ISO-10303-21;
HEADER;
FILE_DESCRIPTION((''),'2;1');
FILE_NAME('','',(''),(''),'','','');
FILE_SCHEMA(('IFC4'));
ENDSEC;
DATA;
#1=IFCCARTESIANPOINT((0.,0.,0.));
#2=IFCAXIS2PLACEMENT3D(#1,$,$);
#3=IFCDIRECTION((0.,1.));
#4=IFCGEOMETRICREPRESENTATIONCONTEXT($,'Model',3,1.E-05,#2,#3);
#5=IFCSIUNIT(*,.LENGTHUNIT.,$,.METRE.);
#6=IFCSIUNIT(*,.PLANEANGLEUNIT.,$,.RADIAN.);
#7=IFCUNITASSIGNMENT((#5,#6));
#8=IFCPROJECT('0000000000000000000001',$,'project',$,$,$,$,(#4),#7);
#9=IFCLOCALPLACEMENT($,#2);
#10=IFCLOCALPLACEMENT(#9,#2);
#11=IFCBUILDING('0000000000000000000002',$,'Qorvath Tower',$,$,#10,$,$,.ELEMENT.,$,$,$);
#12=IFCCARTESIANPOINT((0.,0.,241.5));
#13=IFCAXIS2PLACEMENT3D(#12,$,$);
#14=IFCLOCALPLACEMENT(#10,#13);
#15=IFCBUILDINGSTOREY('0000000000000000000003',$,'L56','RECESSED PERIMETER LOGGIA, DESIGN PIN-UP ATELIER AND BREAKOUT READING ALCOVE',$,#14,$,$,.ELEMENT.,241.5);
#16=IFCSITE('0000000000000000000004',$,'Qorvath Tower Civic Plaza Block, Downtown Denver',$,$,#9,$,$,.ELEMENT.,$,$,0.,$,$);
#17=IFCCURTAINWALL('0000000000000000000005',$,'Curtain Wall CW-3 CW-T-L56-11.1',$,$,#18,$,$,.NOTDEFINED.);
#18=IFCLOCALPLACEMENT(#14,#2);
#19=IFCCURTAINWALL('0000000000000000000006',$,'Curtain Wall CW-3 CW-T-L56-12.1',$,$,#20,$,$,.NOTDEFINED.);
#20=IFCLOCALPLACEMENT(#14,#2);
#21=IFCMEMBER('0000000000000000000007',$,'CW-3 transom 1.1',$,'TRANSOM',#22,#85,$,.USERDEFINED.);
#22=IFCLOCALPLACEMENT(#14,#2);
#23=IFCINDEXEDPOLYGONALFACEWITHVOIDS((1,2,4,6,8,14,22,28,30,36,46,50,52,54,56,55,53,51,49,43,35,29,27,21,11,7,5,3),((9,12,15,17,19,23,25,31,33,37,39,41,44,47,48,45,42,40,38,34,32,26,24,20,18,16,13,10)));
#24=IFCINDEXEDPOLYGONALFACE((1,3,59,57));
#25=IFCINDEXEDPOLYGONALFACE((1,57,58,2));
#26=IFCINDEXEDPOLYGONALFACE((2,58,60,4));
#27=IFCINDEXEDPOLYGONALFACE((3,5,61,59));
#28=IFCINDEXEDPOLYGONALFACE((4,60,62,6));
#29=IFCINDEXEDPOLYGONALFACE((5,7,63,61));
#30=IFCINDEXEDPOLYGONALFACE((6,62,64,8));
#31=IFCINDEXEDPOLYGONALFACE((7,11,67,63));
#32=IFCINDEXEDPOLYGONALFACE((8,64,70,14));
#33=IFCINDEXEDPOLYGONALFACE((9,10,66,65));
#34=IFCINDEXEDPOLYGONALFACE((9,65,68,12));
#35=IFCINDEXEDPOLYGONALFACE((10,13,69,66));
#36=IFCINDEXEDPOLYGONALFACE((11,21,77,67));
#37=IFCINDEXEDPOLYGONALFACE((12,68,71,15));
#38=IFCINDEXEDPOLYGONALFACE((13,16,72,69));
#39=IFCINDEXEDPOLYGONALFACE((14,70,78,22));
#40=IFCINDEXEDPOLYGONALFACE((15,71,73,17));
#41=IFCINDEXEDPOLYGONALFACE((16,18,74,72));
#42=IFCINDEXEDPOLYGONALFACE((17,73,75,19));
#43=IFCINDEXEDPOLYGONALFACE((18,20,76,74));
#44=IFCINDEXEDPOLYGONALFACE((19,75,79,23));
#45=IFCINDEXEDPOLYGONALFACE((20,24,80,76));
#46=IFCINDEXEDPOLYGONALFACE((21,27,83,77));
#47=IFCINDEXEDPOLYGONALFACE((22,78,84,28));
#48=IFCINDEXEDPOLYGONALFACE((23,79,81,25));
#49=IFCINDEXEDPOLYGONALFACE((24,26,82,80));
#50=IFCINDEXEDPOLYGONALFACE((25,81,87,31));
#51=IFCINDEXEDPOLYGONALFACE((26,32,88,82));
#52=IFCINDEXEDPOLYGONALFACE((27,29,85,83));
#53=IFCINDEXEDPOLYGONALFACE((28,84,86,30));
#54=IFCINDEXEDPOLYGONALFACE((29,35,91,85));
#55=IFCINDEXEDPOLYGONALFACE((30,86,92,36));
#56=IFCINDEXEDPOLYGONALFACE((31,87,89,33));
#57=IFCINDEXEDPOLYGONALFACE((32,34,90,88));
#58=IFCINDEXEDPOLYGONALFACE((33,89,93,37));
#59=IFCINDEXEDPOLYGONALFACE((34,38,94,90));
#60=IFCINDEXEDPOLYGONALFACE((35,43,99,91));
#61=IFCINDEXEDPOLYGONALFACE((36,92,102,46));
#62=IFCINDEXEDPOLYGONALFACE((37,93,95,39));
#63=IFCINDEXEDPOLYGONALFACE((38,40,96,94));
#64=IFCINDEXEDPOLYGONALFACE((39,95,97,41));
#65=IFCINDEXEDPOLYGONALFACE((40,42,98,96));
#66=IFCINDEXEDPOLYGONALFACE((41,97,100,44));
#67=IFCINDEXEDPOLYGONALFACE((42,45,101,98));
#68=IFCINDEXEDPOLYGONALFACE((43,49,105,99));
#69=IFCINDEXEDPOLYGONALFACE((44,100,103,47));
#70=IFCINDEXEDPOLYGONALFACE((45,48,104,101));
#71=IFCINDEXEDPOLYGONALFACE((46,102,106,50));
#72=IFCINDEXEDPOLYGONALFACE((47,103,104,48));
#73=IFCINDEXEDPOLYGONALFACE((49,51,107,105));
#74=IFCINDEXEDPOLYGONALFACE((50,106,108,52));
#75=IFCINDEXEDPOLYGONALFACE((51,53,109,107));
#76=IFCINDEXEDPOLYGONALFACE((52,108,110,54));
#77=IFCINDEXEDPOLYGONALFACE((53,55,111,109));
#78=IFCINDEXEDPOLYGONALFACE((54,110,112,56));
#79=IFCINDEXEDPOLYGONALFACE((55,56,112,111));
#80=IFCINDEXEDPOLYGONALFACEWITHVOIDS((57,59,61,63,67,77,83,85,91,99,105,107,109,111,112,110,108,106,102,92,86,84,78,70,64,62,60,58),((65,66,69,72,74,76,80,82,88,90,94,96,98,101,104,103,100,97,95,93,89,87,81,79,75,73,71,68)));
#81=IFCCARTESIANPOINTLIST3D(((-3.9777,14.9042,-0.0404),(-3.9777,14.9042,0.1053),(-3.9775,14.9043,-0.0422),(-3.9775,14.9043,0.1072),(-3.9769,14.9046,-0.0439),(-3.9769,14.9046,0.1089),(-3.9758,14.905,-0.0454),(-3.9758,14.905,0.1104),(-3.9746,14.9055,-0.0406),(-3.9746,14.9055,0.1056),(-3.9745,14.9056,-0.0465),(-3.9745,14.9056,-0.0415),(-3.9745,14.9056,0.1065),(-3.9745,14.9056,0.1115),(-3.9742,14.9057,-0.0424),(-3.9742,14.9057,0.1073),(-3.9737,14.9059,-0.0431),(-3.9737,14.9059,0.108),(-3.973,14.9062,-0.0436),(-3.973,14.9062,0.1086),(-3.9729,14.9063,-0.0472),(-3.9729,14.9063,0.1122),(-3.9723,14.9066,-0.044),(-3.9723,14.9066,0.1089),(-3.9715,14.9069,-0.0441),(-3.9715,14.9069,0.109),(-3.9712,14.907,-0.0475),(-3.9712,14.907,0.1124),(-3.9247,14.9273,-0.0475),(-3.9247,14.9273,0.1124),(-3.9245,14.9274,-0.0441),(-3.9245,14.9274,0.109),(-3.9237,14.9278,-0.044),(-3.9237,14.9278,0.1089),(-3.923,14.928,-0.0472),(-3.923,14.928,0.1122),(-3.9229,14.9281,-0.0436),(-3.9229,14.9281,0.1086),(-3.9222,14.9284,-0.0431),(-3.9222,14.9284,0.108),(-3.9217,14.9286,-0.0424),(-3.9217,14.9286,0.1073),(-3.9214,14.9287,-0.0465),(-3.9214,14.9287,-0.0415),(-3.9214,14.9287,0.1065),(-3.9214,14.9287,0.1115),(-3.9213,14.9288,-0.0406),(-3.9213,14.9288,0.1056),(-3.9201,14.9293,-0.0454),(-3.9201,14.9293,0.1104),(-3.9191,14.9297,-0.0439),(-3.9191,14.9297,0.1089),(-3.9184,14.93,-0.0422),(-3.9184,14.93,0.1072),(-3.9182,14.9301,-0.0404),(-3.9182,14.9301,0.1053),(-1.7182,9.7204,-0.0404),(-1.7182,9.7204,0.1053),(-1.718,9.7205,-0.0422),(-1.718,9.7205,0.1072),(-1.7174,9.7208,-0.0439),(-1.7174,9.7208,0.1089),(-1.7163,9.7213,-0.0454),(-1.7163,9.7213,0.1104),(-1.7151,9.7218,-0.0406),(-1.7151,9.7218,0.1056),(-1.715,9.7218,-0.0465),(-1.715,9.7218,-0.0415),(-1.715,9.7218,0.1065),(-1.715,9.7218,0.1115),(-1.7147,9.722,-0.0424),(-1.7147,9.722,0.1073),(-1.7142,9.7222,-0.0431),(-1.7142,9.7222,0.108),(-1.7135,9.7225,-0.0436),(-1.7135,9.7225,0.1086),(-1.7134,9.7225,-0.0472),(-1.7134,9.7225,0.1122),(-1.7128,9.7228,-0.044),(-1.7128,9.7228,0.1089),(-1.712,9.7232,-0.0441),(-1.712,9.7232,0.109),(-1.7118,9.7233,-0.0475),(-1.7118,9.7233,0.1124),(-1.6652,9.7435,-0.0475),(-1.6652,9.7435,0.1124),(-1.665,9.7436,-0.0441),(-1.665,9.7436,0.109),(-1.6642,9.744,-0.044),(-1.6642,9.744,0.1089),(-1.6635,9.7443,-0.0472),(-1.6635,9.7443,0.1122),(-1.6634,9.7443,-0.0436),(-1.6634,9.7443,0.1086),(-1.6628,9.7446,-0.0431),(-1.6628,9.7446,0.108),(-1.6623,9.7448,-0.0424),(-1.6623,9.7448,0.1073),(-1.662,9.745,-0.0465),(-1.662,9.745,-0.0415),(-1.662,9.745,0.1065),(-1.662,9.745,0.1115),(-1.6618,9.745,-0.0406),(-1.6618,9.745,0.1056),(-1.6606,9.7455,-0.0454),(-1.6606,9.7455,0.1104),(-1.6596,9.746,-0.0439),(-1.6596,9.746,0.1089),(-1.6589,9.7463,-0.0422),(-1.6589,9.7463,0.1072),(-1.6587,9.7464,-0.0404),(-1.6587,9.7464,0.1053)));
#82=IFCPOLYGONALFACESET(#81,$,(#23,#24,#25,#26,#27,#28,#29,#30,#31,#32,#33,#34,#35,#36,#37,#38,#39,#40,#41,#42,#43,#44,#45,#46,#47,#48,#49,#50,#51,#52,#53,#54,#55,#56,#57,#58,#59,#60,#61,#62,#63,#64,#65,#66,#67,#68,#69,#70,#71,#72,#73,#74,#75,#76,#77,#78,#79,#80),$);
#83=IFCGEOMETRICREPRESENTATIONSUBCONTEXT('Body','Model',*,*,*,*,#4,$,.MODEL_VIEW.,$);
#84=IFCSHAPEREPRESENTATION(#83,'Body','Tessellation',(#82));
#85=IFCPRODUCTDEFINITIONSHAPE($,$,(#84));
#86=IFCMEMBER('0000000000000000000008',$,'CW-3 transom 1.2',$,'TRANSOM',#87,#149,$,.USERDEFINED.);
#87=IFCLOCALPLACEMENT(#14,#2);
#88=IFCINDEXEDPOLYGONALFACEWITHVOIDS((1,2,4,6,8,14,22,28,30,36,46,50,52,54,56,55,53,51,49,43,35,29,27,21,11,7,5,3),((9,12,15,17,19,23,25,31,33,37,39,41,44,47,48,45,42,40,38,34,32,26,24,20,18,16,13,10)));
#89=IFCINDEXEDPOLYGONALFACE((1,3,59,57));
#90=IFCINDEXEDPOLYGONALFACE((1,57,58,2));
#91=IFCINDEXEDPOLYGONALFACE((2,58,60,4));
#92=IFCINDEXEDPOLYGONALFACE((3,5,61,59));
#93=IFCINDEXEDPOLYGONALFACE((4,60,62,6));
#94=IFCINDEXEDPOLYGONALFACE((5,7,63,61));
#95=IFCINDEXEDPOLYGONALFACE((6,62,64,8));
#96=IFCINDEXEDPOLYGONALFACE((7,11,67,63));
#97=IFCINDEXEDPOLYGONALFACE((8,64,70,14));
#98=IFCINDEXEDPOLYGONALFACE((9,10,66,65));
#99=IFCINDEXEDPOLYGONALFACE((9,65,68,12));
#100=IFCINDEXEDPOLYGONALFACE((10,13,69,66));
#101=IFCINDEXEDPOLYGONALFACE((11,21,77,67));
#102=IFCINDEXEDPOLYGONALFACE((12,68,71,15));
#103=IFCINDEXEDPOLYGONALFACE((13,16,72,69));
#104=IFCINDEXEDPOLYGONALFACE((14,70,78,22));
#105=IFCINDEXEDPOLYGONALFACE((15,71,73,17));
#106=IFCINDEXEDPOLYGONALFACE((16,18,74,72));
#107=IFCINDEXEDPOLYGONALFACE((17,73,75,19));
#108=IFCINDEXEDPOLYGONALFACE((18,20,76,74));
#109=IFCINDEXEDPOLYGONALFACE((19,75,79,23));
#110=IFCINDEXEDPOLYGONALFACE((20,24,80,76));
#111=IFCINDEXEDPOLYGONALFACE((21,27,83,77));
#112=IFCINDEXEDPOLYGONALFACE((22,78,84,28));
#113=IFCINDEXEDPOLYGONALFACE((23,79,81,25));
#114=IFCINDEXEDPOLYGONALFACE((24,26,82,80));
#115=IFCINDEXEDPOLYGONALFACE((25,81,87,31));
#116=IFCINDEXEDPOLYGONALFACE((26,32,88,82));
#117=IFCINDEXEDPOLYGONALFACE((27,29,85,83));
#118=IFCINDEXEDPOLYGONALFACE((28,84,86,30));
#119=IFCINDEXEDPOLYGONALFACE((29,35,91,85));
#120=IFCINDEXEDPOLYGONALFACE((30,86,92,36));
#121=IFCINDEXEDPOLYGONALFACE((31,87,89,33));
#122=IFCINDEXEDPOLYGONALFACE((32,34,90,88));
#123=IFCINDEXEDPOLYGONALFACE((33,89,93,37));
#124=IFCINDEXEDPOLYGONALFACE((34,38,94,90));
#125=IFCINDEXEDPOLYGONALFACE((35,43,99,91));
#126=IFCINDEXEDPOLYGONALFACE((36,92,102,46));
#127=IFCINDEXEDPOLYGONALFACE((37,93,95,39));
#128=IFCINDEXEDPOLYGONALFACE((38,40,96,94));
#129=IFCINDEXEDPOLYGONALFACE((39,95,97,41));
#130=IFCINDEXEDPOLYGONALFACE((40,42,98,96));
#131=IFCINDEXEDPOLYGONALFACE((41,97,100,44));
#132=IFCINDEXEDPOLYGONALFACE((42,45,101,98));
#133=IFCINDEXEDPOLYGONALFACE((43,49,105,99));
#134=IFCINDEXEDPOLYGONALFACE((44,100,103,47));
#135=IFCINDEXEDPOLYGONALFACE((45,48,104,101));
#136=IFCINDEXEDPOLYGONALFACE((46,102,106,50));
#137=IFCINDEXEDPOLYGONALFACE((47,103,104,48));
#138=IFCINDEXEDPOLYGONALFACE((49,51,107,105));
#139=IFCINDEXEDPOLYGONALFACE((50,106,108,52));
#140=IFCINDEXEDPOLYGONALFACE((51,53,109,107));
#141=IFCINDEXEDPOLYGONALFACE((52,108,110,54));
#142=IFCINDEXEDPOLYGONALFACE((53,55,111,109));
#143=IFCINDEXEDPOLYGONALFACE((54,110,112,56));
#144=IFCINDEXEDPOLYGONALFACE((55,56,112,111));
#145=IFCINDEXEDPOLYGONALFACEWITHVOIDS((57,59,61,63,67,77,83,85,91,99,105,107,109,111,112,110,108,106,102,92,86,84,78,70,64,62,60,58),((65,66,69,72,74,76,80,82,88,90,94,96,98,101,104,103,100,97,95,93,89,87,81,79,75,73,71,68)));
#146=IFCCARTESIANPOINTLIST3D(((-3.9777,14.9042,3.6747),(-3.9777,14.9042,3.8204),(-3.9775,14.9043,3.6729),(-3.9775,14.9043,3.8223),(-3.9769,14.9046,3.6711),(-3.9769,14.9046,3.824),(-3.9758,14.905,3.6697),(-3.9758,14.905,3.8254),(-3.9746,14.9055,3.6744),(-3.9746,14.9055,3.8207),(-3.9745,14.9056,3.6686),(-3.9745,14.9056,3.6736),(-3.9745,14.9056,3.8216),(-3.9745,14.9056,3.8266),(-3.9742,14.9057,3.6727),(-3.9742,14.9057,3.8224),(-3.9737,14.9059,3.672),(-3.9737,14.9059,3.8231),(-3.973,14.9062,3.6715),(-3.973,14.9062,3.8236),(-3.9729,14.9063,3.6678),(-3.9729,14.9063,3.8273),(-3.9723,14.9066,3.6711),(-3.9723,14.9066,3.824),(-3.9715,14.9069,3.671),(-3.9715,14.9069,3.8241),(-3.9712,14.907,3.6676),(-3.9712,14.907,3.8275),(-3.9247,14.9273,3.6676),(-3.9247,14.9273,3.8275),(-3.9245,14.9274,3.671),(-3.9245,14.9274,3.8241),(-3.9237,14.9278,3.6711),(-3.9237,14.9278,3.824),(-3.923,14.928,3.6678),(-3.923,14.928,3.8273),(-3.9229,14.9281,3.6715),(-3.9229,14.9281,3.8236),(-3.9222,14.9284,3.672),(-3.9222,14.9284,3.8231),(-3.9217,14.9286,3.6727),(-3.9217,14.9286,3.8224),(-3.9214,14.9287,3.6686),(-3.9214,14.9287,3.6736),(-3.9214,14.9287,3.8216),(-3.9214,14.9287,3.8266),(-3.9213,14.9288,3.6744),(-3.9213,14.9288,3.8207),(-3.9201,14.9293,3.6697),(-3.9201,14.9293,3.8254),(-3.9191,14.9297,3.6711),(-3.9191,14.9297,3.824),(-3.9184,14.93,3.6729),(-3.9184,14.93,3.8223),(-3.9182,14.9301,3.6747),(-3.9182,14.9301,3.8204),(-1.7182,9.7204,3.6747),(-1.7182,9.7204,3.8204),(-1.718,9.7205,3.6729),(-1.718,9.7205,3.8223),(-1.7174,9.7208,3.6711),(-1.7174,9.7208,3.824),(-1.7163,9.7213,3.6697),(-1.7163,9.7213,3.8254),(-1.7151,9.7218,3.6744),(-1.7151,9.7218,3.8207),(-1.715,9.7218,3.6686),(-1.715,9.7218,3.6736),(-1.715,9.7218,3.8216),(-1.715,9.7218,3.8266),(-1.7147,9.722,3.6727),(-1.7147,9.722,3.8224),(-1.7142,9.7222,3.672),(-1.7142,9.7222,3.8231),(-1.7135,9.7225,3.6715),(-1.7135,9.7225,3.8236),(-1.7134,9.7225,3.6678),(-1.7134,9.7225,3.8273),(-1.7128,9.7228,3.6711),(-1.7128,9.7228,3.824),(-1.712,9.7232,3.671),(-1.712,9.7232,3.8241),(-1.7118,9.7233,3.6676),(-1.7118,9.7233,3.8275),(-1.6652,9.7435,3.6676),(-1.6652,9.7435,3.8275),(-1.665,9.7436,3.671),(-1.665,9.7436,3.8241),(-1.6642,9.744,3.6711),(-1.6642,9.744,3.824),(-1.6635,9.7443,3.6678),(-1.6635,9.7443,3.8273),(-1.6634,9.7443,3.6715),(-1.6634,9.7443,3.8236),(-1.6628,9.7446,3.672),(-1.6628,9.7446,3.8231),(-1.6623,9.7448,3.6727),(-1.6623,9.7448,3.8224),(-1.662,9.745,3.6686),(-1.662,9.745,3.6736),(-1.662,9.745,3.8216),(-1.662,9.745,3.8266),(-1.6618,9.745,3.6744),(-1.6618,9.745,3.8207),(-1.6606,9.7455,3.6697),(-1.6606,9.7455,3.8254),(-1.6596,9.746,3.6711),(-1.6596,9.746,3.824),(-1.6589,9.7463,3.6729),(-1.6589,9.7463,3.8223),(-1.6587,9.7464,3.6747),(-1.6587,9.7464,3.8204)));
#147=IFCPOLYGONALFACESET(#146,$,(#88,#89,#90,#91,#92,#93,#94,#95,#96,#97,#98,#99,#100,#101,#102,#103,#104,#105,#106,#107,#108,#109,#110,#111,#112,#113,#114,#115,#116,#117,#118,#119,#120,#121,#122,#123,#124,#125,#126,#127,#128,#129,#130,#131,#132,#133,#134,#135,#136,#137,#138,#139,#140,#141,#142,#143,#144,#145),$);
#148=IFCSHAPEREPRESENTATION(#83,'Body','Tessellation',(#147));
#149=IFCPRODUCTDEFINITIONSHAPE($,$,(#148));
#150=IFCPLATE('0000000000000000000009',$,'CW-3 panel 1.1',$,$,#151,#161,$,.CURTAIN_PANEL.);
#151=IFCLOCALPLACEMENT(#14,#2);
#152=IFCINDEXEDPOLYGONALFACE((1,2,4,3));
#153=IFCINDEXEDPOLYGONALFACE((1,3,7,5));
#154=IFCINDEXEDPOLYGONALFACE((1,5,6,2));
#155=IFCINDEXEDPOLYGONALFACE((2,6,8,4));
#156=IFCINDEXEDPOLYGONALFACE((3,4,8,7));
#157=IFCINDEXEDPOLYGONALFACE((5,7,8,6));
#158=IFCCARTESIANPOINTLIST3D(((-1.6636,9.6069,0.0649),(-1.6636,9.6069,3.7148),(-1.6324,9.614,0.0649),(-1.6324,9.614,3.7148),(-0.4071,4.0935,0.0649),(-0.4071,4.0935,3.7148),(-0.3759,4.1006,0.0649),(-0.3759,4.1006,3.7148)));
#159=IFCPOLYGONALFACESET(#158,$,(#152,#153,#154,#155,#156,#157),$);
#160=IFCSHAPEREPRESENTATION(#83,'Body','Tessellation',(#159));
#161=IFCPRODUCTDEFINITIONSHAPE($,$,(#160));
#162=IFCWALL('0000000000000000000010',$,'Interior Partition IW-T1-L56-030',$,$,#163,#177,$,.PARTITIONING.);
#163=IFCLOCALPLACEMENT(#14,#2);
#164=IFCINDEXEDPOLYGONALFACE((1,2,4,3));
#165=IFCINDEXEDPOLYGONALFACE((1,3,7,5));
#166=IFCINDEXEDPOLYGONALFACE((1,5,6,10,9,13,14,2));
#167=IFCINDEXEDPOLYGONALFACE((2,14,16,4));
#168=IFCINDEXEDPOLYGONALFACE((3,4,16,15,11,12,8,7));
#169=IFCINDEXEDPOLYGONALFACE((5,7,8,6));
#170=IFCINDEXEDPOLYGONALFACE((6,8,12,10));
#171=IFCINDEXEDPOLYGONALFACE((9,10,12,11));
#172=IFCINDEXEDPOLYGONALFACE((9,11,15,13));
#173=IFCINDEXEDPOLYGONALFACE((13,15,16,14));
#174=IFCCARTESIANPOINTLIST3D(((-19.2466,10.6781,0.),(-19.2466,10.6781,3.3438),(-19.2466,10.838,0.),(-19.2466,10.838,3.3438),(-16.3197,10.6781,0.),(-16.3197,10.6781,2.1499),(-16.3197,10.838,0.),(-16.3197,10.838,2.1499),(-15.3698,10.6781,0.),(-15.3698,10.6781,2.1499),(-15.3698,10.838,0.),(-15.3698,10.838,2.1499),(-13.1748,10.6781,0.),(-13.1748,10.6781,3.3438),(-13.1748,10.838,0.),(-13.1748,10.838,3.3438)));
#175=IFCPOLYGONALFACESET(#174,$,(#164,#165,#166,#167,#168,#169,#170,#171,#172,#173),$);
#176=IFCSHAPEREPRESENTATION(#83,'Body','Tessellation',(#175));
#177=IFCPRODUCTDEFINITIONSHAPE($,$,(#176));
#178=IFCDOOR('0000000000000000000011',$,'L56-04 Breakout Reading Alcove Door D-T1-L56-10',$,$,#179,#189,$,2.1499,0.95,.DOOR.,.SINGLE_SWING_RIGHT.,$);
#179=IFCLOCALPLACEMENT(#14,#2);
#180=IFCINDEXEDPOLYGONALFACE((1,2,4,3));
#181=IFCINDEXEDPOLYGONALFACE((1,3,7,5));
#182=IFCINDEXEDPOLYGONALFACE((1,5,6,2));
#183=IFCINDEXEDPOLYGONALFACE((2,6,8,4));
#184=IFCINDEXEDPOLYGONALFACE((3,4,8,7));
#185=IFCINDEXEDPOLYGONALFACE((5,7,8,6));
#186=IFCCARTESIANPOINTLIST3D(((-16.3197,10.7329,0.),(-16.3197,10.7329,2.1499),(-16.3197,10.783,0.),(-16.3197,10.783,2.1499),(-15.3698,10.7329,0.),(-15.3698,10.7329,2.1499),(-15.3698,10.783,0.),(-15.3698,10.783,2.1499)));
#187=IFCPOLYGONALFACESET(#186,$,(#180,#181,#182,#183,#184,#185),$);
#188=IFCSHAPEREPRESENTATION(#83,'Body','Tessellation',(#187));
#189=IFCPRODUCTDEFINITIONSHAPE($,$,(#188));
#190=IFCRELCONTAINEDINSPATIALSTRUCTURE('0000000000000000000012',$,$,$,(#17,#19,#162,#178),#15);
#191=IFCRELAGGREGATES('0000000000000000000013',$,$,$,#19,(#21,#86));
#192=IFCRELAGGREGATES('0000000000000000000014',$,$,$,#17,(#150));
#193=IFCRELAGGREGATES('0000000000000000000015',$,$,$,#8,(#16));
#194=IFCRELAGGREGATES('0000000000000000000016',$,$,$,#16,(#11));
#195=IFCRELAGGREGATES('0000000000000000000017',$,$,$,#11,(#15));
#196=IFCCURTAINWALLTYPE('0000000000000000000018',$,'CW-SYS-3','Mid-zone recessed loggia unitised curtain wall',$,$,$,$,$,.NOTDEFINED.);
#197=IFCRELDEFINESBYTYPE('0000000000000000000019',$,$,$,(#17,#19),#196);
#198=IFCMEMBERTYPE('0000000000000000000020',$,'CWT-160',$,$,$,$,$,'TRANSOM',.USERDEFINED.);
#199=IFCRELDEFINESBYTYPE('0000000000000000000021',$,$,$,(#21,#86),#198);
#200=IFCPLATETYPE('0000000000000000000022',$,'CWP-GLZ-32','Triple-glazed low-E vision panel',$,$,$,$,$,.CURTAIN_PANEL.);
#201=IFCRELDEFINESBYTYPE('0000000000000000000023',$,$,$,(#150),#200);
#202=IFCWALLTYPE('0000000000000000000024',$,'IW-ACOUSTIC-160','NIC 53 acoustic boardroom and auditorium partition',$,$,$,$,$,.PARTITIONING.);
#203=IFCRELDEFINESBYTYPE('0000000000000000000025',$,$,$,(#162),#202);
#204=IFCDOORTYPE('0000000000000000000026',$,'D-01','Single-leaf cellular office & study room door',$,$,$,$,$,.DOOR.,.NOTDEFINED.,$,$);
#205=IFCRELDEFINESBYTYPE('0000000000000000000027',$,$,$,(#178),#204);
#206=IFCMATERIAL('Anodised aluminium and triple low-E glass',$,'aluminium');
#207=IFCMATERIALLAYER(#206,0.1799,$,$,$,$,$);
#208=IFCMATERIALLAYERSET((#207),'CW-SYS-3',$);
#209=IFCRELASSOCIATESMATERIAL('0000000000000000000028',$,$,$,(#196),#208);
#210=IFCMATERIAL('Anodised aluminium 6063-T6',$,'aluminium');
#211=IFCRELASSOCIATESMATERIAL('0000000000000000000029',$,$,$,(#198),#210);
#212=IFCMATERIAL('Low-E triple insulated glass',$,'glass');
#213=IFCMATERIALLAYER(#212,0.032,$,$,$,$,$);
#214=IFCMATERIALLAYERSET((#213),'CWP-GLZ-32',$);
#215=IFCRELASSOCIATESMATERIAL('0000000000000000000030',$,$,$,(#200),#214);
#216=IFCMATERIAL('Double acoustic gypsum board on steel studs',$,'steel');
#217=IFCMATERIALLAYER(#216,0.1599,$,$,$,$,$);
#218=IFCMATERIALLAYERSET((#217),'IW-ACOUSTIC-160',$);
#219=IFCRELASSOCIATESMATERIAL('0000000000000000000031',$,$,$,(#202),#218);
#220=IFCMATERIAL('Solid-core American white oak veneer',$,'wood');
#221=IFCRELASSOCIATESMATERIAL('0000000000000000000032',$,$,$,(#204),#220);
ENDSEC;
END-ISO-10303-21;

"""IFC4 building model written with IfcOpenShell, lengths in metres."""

from ifc_helpers import new_model, si_unit, direction, frame, frame_2d, origin, origin_2d, place, context, subcontext, project, spatial, rectangle, hollow_rectangle, extrude, material, layer, layer_set, material_profile, profile_set, type_object, element, fill, aggregate, save


model = new_model("IFC4")

# Units and contexts
model_context = context("Model", 3, precision=1e-05, world=origin(), true_north=direction((0.0, 1.0)))
body_context = subcontext(model_context, "Body", "Model", "MODEL_VIEW")
ifc_project = project(units=[si_unit("LENGTHUNIT", "METRE"), si_unit("PLANEANGLEUNIT", "RADIAN")], contexts=[model_context])

# Site, building, storey
site_placement = place(None, origin())
site = spatial("IfcSite", under=ifc_project, at=site_placement, Name="Qorvath Tower Civic Plaza Block, Downtown Denver", CompositionType="ELEMENT", RefElevation=0.0)
building_placement = place(site_placement, origin())
building = spatial("IfcBuilding", under=site, at=building_placement, Name="Qorvath Tower", CompositionType="ELEMENT")
storey_placement = place(building_placement, frame((0.0, 0.0, 241.5)))
storey = spatial("IfcBuildingStorey", under=building, at=storey_placement, Name="L56", Description="RECESSED PERIMETER LOGGIA, DESIGN PIN-UP ATELIER AND BREAKOUT READING ALCOVE", CompositionType="ELEMENT", Elevation=241.5)

# Curtain walls
ifc_material_1 = material(Name="Anodised aluminium and triple low-E glass", Category="aluminium")
ifc_layer_1 = layer(ifc_material_1, 0.1799)
ifc_layer_set_1 = layer_set([ifc_layer_1], Name="CW-SYS-3")
curtain_wall_type = type_object("IfcCurtainWallType", Name="CW-SYS-3", Description="Mid-zone recessed loggia unitised curtain wall", PredefinedType="NOTDEFINED", material=ifc_layer_set_1)
curtain_wall_1_placement = place(storey_placement, origin())
curtain_wall_1 = element("IfcCurtainWall", 1, at=curtain_wall_1_placement, inside=storey, type_object=curtain_wall_type, Name="Curtain Wall CW-3 CW-T-L56-11.1", PredefinedType="NOTDEFINED")
curtain_wall_2_placement = place(storey_placement, origin())
curtain_wall_2 = element("IfcCurtainWall", 2, at=curtain_wall_2_placement, inside=storey, type_object=curtain_wall_type, Name="Curtain Wall CW-3 CW-T-L56-12.1", PredefinedType="NOTDEFINED")

# Members
ifc_material_2 = material(Name="Anodised aluminium 6063-T6", Category="aluminium")
ifc_material_profile_1 = material_profile(ifc_material_2, hollow_rectangle(XDim=0.0649, YDim=0.1599, WallThickness=0.0034, InnerFilletRadius=0.0034, OuterFilletRadius=0.0071, at=origin_2d()), Name="CWT 160x65")
ifc_profile_set_1 = profile_set([ifc_material_profile_1], Name="Anodised aluminium 6063-T6")
member_type_1 = type_object("IfcMemberType", Name="CWT-160", ElementType="TRANSOM", PredefinedType="USERDEFINED", material=ifc_profile_set_1)
member_1_placement = place(storey_placement, frame((-1.6885, 9.7334, 0.0325), z_axis=(-0.399571, 0.916702, 0.0), x_axis=(-0.916702, -0.399571, 0.0)))
member_1 = element("IfcMember", 3, at=member_1_placement, type_object=member_type_1, Name="CW-3 transom 1.1", ObjectType="TRANSOM", PredefinedType="USERDEFINED", context=body_context, shape_type="SweptSolid", body=[
    extrude(hollow_rectangle(XDim=0.0649, YDim=0.1599, WallThickness=0.0034, InnerFilletRadius=0.0034, OuterFilletRadius=0.0071, at=origin_2d()), origin(), (0.0, 0.0, 1.0), 5.6548),
])
member_2_placement = place(storey_placement, frame((-1.6885, 9.7334, 3.7476), z_axis=(-0.399571, 0.916702, 0.0), x_axis=(-0.916702, -0.399571, 0.0)))
member_2 = element("IfcMember", 4, at=member_2_placement, type_object=member_type_1, Name="CW-3 transom 1.2", ObjectType="TRANSOM", PredefinedType="USERDEFINED", context=body_context, shape_type="SweptSolid", body=[
    extrude(hollow_rectangle(XDim=0.0649, YDim=0.1599, WallThickness=0.0034, InnerFilletRadius=0.0034, OuterFilletRadius=0.0071, at=origin_2d()), origin(), (0.0, 0.0, 1.0), 5.6548),
])
aggregate(curtain_wall_2, [member_1, member_2])

# Plate
ifc_material_3 = material(Name="Low-E triple insulated glass", Category="glass")
ifc_layer_2 = layer(ifc_material_3, 0.032)
ifc_layer_set_2 = layer_set([ifc_layer_2], Name="CWP-GLZ-32")
plate_type = type_object("IfcPlateType", Name="CWP-GLZ-32", Description="Triple-glazed low-E vision panel", PredefinedType="CURTAIN_PANEL", material=ifc_layer_set_2)
plate_placement = place(storey_placement, frame((-1.0198, 6.8538, 0.0649), z_axis=(0.0, 0.0, 1.0), x_axis=(-0.222206, 0.975, 0.0)))
plate = element("IfcPlate", 5, at=plate_placement, type_object=plate_type, Name="CW-3 panel 1.1", PredefinedType="CURTAIN_PANEL", context=body_context, shape_type="SweptSolid", body=[
    extrude(rectangle(XDim=5.6548, YDim=0.032, at=origin_2d()), origin(), (0.0, 0.0, 1.0), 3.6499),
])
aggregate(curtain_wall_1, [plate])

# Wall, opening, door
ifc_material_4 = material(Name="Double acoustic gypsum board on steel studs", Category="steel")
ifc_layer_3 = layer(ifc_material_4, 0.1599)
ifc_layer_set_3 = layer_set([ifc_layer_3], Name="IW-ACOUSTIC-160")
wall_type_1 = type_object("IfcWallType", Name="IW-ACOUSTIC-160", Description="NIC 53 acoustic boardroom and auditorium partition", PredefinedType="PARTITIONING", material=ifc_layer_set_3)
wall_1_placement = place(storey_placement, frame((-19.2466, 10.7581, 0.0), z_axis=(0.0, 0.0, 1.0), x_axis=(1.0, 0.0, 0.0)))
wall_1 = element("IfcWall", 6, at=wall_1_placement, inside=storey, type_object=wall_type_1, Name="Interior Partition IW-T1-L56-030", PredefinedType="PARTITIONING", context=body_context, shape_type="SweptSolid", body=[
    extrude(rectangle(XDim=6.0718, YDim=0.1599, at=frame_2d((3.0359, 0.0))), origin(), (0.0, 0.0, 1.0), 3.3438),
])
opening_1_placement = place(wall_1_placement, frame((2.9268, 0.0, 0.0)))
opening_1 = element("IfcOpeningElement", 7, at=opening_1_placement, cuts=wall_1, PredefinedType="OPENING", context=body_context, shape_type="SweptSolid", body=[
    extrude(rectangle(XDim=0.95, YDim=2.1499, at=frame_2d((0.4751, 1.075))), frame((0.0, 0.0898, 0.0), z_axis=(0.0, -1.0, 0.0), x_axis=(1.0, 0.0, 0.0)), (0.0, 0.0, 1.0), 0.1799),
])
ifc_material_5 = material(Name="Solid-core American white oak veneer", Category="wood")
door_type_1 = type_object("IfcDoorType", Name="D-01", Description="Single-leaf cellular office & study room door", OperationType="NOTDEFINED", PredefinedType="DOOR", material=ifc_material_5)
door_1_placement = place(opening_1_placement, origin())
door_1 = element("IfcDoor", 8, at=door_1_placement, inside=storey, type_object=door_type_1, Name="L56-04 Breakout Reading Alcove Door D-T1-L56-10", OperationType="SINGLE_SWING_RIGHT", OverallHeight=2.1499, OverallWidth=0.95, PredefinedType="DOOR", context=body_context, shape_type="SweptSolid", body=[
    extrude(rectangle(XDim=0.95, YDim=2.1499, at=frame_2d((0.4751, 1.075))), frame((0.0, 0.0249, 0.0), z_axis=(0.0, -1.0, 0.0), x_axis=(1.0, 0.0, 0.0)), (0.0, 0.0, 1.0), 0.05),
])
fill(opening_1, door_1)

save(model, "model.ifc")
